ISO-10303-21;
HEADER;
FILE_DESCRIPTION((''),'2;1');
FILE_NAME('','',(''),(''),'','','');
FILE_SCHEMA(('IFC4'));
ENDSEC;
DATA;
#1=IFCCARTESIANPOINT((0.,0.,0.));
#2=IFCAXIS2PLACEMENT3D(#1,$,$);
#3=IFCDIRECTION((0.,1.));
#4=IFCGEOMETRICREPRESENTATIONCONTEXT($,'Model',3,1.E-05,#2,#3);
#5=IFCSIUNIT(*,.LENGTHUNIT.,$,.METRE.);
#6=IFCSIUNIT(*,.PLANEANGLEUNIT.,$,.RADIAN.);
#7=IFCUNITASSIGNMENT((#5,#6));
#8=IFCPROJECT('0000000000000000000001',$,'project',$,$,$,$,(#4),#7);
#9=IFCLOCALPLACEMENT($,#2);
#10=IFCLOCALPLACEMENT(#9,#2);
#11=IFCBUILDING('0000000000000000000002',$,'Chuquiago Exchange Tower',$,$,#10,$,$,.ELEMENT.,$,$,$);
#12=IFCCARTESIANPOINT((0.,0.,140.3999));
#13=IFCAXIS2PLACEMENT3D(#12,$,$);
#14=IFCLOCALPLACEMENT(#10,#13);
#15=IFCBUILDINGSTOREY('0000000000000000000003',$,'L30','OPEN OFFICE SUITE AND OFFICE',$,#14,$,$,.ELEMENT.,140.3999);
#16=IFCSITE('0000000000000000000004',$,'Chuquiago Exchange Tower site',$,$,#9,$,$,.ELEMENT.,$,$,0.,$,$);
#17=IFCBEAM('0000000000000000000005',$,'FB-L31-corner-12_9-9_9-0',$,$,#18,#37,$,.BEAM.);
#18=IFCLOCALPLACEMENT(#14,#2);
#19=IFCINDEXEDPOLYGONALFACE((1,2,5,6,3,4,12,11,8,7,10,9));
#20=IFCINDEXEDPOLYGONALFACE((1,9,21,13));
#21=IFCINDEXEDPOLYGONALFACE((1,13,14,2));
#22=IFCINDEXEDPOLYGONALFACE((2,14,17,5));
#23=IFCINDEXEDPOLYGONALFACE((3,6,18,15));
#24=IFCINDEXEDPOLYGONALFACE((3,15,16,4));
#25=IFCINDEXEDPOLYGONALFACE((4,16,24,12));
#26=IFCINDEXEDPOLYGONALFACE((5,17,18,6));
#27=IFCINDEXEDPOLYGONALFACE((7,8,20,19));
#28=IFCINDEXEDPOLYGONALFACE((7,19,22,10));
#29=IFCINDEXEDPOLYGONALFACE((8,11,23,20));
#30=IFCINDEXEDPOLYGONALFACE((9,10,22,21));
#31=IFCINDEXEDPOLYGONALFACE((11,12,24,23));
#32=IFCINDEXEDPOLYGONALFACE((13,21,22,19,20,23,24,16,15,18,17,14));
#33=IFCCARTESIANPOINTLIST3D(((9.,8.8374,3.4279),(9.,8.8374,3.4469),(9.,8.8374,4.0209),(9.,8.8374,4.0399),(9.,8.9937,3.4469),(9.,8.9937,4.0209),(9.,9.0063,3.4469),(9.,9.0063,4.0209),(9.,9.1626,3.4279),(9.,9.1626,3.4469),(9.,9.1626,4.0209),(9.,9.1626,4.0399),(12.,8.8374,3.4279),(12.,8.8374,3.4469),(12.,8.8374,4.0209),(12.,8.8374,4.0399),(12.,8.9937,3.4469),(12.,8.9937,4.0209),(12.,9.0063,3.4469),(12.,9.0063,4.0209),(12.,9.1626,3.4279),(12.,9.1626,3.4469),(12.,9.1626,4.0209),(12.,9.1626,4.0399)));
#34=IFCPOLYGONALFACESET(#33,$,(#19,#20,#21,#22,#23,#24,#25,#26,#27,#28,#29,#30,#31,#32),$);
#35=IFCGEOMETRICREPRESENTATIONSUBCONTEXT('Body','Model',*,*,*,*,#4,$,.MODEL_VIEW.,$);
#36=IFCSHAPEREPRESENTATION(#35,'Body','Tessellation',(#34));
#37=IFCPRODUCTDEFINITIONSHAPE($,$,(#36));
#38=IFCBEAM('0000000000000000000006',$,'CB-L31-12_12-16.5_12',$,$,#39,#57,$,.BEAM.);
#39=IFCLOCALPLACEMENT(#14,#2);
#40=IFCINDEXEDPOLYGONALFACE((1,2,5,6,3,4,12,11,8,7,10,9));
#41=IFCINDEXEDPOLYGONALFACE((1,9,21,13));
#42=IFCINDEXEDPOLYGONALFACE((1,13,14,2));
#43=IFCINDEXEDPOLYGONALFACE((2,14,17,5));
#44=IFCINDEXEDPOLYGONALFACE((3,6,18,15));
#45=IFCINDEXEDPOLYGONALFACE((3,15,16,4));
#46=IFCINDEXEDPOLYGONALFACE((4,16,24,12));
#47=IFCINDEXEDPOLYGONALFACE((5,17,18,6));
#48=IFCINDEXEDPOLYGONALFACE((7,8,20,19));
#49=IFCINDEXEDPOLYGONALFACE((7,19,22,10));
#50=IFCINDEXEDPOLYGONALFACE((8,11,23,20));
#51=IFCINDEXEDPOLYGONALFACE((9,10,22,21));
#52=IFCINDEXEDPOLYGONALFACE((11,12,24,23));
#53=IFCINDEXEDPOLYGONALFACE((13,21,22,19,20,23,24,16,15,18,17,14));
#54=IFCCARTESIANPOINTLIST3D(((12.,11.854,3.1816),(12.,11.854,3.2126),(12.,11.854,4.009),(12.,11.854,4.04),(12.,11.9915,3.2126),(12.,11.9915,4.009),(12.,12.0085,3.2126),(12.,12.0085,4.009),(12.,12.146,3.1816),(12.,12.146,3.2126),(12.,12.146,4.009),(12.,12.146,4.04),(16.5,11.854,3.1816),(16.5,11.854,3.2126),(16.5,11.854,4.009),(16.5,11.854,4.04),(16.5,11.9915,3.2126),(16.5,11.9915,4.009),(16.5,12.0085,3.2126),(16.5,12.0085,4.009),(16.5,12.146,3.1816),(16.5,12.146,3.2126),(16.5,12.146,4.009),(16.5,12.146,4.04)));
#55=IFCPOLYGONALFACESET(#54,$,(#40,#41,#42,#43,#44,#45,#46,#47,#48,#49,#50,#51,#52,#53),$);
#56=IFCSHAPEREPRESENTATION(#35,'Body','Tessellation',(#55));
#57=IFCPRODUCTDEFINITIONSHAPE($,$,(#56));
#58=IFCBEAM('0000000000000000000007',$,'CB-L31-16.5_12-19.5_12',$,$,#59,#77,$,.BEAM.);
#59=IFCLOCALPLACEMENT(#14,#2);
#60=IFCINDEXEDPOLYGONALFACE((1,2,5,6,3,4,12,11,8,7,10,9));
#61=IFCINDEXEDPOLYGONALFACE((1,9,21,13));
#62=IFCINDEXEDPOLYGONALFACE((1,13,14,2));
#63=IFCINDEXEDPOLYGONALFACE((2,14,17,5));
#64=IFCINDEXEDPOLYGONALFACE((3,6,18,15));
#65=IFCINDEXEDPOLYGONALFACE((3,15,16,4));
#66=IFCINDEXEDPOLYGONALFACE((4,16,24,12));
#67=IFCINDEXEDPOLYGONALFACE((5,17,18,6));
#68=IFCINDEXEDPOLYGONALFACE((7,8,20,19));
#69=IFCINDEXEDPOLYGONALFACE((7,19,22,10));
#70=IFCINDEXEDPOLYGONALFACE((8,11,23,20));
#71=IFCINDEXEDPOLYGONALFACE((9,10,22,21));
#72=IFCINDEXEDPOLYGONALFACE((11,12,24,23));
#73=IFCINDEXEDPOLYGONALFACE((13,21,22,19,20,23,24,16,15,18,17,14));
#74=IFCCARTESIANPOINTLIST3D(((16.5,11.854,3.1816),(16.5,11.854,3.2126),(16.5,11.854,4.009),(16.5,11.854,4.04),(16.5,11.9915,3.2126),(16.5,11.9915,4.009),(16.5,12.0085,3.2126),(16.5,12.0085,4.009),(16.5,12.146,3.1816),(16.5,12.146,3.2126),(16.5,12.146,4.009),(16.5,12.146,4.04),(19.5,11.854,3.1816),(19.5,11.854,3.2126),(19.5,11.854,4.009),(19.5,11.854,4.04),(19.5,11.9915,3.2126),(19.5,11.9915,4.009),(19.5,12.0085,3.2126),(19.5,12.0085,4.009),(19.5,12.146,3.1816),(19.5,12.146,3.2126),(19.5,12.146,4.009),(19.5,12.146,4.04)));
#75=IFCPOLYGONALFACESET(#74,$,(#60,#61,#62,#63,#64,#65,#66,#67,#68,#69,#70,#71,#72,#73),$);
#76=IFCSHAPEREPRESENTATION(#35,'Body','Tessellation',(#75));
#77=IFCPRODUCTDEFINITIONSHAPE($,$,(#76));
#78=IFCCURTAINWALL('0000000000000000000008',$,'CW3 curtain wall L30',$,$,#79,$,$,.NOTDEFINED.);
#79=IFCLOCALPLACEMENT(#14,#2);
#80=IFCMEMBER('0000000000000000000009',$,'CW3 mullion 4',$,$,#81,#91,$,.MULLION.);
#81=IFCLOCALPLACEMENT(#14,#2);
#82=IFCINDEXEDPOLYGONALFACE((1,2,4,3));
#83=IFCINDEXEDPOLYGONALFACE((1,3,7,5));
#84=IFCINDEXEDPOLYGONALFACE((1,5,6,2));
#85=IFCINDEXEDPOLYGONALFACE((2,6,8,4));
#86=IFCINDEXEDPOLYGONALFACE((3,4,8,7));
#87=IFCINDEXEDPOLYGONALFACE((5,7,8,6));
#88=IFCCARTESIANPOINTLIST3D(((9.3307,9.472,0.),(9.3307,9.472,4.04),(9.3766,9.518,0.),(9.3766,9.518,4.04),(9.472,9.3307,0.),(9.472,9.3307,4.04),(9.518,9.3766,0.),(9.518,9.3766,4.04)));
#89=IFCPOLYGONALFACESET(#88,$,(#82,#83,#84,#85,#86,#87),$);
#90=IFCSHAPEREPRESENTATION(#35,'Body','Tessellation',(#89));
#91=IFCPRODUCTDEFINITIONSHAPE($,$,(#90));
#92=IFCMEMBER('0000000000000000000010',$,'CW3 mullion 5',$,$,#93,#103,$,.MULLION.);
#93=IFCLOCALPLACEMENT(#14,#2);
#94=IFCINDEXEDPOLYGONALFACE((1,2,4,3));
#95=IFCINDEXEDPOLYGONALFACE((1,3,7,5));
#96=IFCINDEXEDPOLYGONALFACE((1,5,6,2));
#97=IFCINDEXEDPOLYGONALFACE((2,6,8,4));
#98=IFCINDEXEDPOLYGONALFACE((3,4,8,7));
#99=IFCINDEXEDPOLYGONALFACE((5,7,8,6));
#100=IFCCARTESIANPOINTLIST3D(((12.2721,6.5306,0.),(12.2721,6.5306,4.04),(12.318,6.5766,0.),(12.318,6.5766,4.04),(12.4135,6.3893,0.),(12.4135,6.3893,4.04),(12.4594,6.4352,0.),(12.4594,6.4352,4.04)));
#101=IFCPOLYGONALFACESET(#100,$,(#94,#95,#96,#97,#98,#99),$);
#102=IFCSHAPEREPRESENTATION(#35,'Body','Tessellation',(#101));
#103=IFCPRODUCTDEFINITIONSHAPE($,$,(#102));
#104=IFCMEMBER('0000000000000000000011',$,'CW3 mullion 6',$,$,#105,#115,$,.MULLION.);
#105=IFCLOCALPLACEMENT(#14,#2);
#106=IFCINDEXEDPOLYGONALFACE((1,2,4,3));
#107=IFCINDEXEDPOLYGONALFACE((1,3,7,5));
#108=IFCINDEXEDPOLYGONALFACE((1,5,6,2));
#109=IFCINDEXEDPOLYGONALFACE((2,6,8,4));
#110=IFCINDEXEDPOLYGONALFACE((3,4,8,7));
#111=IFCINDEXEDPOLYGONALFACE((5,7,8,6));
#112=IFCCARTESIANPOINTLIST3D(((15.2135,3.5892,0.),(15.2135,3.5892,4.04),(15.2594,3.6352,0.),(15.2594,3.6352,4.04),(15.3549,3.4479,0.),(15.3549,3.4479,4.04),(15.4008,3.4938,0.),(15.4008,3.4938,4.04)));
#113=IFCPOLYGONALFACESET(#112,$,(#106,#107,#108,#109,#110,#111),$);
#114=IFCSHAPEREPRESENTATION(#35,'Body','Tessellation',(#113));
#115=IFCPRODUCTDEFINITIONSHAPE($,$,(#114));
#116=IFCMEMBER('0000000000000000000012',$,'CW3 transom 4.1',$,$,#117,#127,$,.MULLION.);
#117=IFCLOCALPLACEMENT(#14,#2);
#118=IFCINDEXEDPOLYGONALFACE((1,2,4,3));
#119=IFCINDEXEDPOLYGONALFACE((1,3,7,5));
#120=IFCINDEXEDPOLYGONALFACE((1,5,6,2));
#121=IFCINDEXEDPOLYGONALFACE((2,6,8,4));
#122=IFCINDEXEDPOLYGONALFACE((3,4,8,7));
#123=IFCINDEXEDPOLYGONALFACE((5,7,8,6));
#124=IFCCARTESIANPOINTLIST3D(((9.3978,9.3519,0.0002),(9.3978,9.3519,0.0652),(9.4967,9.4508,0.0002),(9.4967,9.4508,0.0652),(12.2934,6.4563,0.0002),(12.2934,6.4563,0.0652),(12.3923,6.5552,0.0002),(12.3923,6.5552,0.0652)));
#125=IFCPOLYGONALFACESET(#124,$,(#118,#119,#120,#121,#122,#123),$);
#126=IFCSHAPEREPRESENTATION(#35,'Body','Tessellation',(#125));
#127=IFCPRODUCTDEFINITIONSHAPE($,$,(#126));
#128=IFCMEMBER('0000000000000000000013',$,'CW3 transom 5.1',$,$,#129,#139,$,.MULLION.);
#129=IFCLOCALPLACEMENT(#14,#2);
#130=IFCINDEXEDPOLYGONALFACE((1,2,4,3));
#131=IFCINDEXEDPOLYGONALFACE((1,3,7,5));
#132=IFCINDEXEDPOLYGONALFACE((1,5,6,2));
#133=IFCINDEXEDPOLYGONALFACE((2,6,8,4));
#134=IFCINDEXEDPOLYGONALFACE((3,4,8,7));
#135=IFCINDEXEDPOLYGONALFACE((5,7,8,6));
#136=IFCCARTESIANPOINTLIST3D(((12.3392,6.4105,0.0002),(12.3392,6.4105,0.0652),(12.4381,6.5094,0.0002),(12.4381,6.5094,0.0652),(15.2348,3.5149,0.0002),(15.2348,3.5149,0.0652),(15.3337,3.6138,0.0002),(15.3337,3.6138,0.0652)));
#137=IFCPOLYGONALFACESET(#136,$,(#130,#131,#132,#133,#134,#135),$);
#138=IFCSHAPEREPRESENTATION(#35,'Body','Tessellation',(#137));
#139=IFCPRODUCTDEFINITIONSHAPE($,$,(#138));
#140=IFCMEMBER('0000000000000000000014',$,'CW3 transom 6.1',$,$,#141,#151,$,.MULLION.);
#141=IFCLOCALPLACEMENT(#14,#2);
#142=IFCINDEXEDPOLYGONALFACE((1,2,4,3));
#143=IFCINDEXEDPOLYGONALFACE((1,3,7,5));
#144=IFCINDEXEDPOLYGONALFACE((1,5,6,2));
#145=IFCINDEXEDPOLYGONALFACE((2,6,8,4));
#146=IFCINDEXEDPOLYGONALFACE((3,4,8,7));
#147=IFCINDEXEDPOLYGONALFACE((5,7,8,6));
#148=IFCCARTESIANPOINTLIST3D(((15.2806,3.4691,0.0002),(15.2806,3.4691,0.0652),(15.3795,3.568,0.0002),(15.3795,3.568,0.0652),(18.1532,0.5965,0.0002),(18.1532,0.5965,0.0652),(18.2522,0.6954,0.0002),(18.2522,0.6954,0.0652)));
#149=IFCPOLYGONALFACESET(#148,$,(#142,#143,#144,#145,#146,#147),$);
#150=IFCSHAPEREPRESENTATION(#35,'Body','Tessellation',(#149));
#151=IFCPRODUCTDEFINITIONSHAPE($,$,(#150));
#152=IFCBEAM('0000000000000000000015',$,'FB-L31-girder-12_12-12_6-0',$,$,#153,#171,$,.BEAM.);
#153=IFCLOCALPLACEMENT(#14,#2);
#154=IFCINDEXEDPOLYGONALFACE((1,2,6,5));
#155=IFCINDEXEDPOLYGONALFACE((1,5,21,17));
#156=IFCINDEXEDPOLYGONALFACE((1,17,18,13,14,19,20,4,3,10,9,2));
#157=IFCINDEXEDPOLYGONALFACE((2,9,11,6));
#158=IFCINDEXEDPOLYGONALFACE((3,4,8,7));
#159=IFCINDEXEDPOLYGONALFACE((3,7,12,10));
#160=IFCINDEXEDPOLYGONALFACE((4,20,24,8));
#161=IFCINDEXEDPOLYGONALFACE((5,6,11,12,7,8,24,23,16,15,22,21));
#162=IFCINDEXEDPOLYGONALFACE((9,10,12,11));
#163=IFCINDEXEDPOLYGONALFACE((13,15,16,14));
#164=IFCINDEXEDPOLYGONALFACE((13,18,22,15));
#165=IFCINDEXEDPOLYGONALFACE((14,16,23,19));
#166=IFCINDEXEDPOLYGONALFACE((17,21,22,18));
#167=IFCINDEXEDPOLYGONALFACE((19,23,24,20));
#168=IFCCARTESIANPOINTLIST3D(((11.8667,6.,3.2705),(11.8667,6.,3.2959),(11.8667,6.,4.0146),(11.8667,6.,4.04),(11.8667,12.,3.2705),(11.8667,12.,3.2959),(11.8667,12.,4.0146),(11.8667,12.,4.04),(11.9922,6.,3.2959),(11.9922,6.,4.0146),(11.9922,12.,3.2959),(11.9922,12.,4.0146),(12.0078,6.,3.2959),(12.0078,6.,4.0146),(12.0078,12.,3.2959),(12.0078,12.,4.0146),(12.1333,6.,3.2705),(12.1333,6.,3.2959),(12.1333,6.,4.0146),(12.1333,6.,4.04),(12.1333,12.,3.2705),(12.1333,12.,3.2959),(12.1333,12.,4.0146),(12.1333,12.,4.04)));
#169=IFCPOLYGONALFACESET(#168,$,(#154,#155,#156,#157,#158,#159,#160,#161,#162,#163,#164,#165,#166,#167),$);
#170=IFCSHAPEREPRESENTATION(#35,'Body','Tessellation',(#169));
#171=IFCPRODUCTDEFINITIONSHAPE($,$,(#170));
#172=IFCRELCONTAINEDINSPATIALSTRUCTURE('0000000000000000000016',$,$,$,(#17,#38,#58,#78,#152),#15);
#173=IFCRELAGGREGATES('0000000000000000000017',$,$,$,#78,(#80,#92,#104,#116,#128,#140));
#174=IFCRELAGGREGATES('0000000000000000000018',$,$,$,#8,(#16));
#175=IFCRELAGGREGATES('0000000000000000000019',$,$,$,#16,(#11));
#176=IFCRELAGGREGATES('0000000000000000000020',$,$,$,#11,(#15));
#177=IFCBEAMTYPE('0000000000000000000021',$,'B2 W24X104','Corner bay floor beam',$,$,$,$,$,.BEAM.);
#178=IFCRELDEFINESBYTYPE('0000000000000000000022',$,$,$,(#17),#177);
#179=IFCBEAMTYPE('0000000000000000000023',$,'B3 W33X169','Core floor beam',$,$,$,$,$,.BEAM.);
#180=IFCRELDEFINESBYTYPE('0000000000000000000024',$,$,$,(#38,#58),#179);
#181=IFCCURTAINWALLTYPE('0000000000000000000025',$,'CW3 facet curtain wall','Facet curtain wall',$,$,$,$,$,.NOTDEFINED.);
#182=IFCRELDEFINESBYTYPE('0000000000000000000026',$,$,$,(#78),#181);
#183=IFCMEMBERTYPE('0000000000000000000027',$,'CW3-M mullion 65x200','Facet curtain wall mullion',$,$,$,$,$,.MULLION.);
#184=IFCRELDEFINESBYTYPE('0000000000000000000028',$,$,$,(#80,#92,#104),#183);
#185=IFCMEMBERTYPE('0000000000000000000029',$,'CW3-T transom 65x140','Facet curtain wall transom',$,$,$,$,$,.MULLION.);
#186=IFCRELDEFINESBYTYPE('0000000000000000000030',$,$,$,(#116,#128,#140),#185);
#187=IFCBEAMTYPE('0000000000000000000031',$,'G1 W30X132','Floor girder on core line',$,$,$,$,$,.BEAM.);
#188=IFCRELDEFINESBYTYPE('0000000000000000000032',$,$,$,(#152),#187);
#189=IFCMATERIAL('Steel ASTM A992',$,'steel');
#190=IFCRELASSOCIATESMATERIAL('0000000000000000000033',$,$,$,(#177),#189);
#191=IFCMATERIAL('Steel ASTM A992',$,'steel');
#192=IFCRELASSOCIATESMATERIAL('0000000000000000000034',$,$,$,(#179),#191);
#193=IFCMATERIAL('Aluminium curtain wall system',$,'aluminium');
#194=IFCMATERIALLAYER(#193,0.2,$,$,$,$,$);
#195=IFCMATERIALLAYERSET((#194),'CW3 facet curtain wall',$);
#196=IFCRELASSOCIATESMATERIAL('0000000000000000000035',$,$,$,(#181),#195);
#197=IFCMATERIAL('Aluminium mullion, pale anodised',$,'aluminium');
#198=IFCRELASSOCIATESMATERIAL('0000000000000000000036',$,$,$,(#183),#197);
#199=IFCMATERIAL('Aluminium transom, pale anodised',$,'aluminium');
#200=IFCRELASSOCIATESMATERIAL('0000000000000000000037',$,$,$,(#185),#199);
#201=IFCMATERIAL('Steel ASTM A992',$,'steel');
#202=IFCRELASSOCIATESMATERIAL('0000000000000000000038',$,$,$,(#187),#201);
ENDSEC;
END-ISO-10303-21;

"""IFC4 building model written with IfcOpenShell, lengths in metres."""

from ifc_helpers import new_model, si_unit, direction, frame, origin, origin_2d, place, context, subcontext, project, spatial, rectangle, i_section, extrude, material, layer, layer_set, material_profile, profile_set, type_object, element, aggregate, save


model = new_model("IFC4")

# Units and contexts
model_context = context("Model", 3, precision=1e-05, world=origin(), true_north=direction((0.0, 1.0)))
body_context = subcontext(model_context, "Body", "Model", "MODEL_VIEW")
ifc_project = project(units=[si_unit("LENGTHUNIT", "METRE"), si_unit("PLANEANGLEUNIT", "RADIAN")], contexts=[model_context])

# Site, building, storey
site_placement = place(None, origin())
site = spatial("IfcSite", under=ifc_project, at=site_placement, Name="Chuquiago Exchange Tower site", CompositionType="ELEMENT", RefElevation=0.0)
building_placement = place(site_placement, origin())
building = spatial("IfcBuilding", under=site, at=building_placement, Name="Chuquiago Exchange Tower", CompositionType="ELEMENT")
storey_placement = place(building_placement, frame((0.0, 0.0, 140.3999)))
storey = spatial("IfcBuildingStorey", under=building, at=storey_placement, Name="L30", Description="OPEN OFFICE SUITE AND OFFICE", CompositionType="ELEMENT", Elevation=140.3999)

# Beams
ifc_material_1 = material(Name="Steel ASTM A992", Category="steel")
ifc_material_profile_1 = material_profile(ifc_material_1, i_section(OverallWidth=0.3252, OverallDepth=0.6121, WebThickness=0.0127, FlangeThickness=0.019, at=origin_2d()), Name="W24X104")
ifc_profile_set_1 = profile_set([ifc_material_profile_1], Name="Steel ASTM A992")
beam_type_1 = type_object("IfcBeamType", Name="B2 W24X104", Description="Corner bay floor beam", PredefinedType="BEAM", material=ifc_profile_set_1)
beam_1_placement = place(storey_placement, frame((12.0, 9.0, 3.7339), z_axis=(-1.0, 0.0, 0.0), x_axis=(0.0, -1.0, 0.0)))
element("IfcBeam", 1, at=beam_1_placement, inside=storey, type_object=beam_type_1, Name="FB-L31-corner-12_9-9_9-0", PredefinedType="BEAM", context=body_context, shape_type="SweptSolid", body=[
    extrude(i_section(OverallWidth=0.3252, OverallDepth=0.6121, WebThickness=0.0127, FlangeThickness=0.019, at=origin_2d()), origin(), (0.0, 0.0, 1.0), 3.0),
])
ifc_material_2 = material(Name="Steel ASTM A992", Category="steel")
ifc_material_profile_2 = material_profile(ifc_material_2, i_section(OverallWidth=0.292, OverallDepth=0.8584, WebThickness=0.0171, FlangeThickness=0.031, at=origin_2d()), Name="W33X169")
ifc_profile_set_2 = profile_set([ifc_material_profile_2], Name="Steel ASTM A992")
beam_type_2 = type_object("IfcBeamType", Name="B3 W33X169", Description="Core floor beam", PredefinedType="BEAM", material=ifc_profile_set_2)
beam_2_placement = place(storey_placement, frame((12.0, 12.0, 3.6108), z_axis=(1.0, 0.0, 0.0), x_axis=(0.0, 1.0, 0.0)))
element("IfcBeam", 2, at=beam_2_placement, inside=storey, type_object=beam_type_2, Name="CB-L31-12_12-16.5_12", PredefinedType="BEAM", context=body_context, shape_type="SweptSolid", body=[
    extrude(i_section(OverallWidth=0.292, OverallDepth=0.8584, WebThickness=0.0171, FlangeThickness=0.031, at=origin_2d()), origin(), (0.0, 0.0, 1.0), 4.5),
])
beam_3_placement = place(storey_placement, frame((16.5, 12.0, 3.6108), z_axis=(1.0, 0.0, 0.0), x_axis=(0.0, 1.0, 0.0)))
element("IfcBeam", 3, at=beam_3_placement, inside=storey, type_object=beam_type_2, Name="CB-L31-16.5_12-19.5_12", PredefinedType="BEAM", context=body_context, shape_type="SweptSolid", body=[
    extrude(i_section(OverallWidth=0.292, OverallDepth=0.8584, WebThickness=0.0171, FlangeThickness=0.031, at=origin_2d()), origin(), (0.0, 0.0, 1.0), 3.0),
])

# Curtain wall, members
ifc_material_3 = material(Name="Aluminium curtain wall system", Category="aluminium")
ifc_layer_1 = layer(ifc_material_3, 0.2)
ifc_layer_set_1 = layer_set([ifc_layer_1], Name="CW3 facet curtain wall")
curtain_wall_type = type_object("IfcCurtainWallType", Name="CW3 facet curtain wall", Description="Facet curtain wall", PredefinedType="NOTDEFINED", material=ifc_layer_set_1)
curtain_wall_placement = place(storey_placement, origin())
curtain_wall = element("IfcCurtainWall", 4, at=curtain_wall_placement, inside=storey, type_object=curtain_wall_type, Name="CW3 curtain wall L30", PredefinedType="NOTDEFINED")
ifc_material_4 = material(Name="Aluminium mullion, pale anodised", Category="aluminium")
ifc_material_profile_3 = material_profile(ifc_material_4, rectangle(XDim=0.0649, YDim=0.2, at=origin_2d()), Name="AL 65x200")
ifc_profile_set_3 = profile_set([ifc_material_profile_3], Name="Aluminium mullion, pale anodised")
member_type_1 = type_object("IfcMemberType", Name="CW3-M mullion 65x200", Description="Facet curtain wall mullion", PredefinedType="MULLION", material=ifc_profile_set_3)
member_1_placement = place(storey_placement, frame((9.4243, 9.4243, 0.0), z_axis=(0.0, 0.0, 1.0), x_axis=(0.707107, 0.707107, 0.0)))
member_1 = element("IfcMember", 5, at=member_1_placement, type_object=member_type_1, Name="CW3 mullion 4", PredefinedType="MULLION", context=body_context, shape_type="SweptSolid", body=[
    extrude(rectangle(XDim=0.0649, YDim=0.2, at=origin_2d()), origin(), (0.0, 0.0, 1.0), 4.04),
])
member_2_placement = place(storey_placement, frame((12.3657, 6.4829, 0.0), z_axis=(0.0, 0.0, 1.0), x_axis=(0.707107, 0.707107, 0.0)))
member_2 = element("IfcMember", 6, at=member_2_placement, type_object=member_type_1, Name="CW3 mullion 5", PredefinedType="MULLION", context=body_context, shape_type="SweptSolid", body=[
    extrude(rectangle(XDim=0.0649, YDim=0.2, at=origin_2d()), origin(), (0.0, 0.0, 1.0), 4.04),
])
member_3_placement = place(storey_placement, frame((15.3071, 3.5415, 0.0), z_axis=(0.0, 0.0, 1.0), x_axis=(0.707107, 0.707107, 0.0)))
member_3 = element("IfcMember", 7, at=member_3_placement, type_object=member_type_1, Name="CW3 mullion 6", PredefinedType="MULLION", context=body_context, shape_type="SweptSolid", body=[
    extrude(rectangle(XDim=0.0649, YDim=0.2, at=origin_2d()), origin(), (0.0, 0.0, 1.0), 4.04),
])
ifc_material_5 = material(Name="Aluminium transom, pale anodised", Category="aluminium")
ifc_material_profile_4 = material_profile(ifc_material_5, rectangle(XDim=0.1399, YDim=0.0649, at=origin_2d()), Name="AL 140x65")
ifc_profile_set_4 = profile_set([ifc_material_profile_4], Name="Aluminium transom, pale anodised")
member_type_2 = type_object("IfcMemberType", Name="CW3-T transom 65x140", Description="Facet curtain wall transom", PredefinedType="MULLION", material=ifc_profile_set_4)
member_4_placement = place(storey_placement, frame((9.4473, 9.4014, 0.0327), z_axis=(0.707107, -0.707107, 0.0), x_axis=(0.707107, 0.707107, 0.0)))
member_4 = element("IfcMember", 8, at=member_4_placement, type_object=member_type_2, Name="CW3 transom 4.1", PredefinedType="MULLION", context=body_context, shape_type="SweptSolid", body=[
    extrude(rectangle(XDim=0.1399, YDim=0.0649, at=origin_2d()), origin(), (0.0, 0.0, 1.0), 4.095),
])
member_5_placement = place(storey_placement, frame((12.3887, 6.46, 0.0327), z_axis=(0.707107, -0.707107, 0.0), x_axis=(0.707107, 0.707107, 0.0)))
member_5 = element("IfcMember", 9, at=member_5_placement, type_object=member_type_2, Name="CW3 transom 5.1", PredefinedType="MULLION", context=body_context, shape_type="SweptSolid", body=[
    extrude(rectangle(XDim=0.1399, YDim=0.0649, at=origin_2d()), origin(), (0.0, 0.0, 1.0), 4.095),
])
member_6_placement = place(storey_placement, frame((15.3301, 3.5186, 0.0327), z_axis=(0.707107, -0.707107, 0.0), x_axis=(0.707107, 0.707107, 0.0)))
member_6 = element("IfcMember", 10, at=member_6_placement, type_object=member_type_2, Name="CW3 transom 6.1", PredefinedType="MULLION", context=body_context, shape_type="SweptSolid", body=[
    extrude(rectangle(XDim=0.1399, YDim=0.0649, at=origin_2d()), origin(), (0.0, 0.0, 1.0), 4.0625),
])

# Beam
ifc_material_6 = material(Name="Steel ASTM A992", Category="steel")
ifc_material_profile_5 = material_profile(ifc_material_6, i_section(OverallWidth=0.2666, OverallDepth=0.7695, WebThickness=0.0156, FlangeThickness=0.0254, at=origin_2d()), Name="W30X132")
ifc_profile_set_5 = profile_set([ifc_material_profile_5], Name="Steel ASTM A992")
beam_type_3 = type_object("IfcBeamType", Name="G1 W30X132", Description="Floor girder on core line", PredefinedType="BEAM", material=ifc_profile_set_5)
for number, where, z_axis, x_axis, name in (
    (11, (12.0, 12.0, 3.6553), (0.0, -1.0, 0.0), (1.0, 0.0, 0.0), "FB-L31-girder-12_12-12_6-0"),
):
    element("IfcBeam", number, at=place(storey_placement, frame(where, z_axis=z_axis, x_axis=x_axis)), inside=storey, type_object=beam_type_3, Name=name, PredefinedType="BEAM", context=body_context, shape_type="SweptSolid", body=[
        extrude(i_section(OverallWidth=0.2666, OverallDepth=0.7695, WebThickness=0.0156, FlangeThickness=0.0254, at=origin_2d()), origin(), (0.0, 0.0, 1.0), 6.0),
    ])

aggregate(curtain_wall, [member_1, member_2, member_3, member_4, member_5, member_6])

save(model, "model.ifc")
